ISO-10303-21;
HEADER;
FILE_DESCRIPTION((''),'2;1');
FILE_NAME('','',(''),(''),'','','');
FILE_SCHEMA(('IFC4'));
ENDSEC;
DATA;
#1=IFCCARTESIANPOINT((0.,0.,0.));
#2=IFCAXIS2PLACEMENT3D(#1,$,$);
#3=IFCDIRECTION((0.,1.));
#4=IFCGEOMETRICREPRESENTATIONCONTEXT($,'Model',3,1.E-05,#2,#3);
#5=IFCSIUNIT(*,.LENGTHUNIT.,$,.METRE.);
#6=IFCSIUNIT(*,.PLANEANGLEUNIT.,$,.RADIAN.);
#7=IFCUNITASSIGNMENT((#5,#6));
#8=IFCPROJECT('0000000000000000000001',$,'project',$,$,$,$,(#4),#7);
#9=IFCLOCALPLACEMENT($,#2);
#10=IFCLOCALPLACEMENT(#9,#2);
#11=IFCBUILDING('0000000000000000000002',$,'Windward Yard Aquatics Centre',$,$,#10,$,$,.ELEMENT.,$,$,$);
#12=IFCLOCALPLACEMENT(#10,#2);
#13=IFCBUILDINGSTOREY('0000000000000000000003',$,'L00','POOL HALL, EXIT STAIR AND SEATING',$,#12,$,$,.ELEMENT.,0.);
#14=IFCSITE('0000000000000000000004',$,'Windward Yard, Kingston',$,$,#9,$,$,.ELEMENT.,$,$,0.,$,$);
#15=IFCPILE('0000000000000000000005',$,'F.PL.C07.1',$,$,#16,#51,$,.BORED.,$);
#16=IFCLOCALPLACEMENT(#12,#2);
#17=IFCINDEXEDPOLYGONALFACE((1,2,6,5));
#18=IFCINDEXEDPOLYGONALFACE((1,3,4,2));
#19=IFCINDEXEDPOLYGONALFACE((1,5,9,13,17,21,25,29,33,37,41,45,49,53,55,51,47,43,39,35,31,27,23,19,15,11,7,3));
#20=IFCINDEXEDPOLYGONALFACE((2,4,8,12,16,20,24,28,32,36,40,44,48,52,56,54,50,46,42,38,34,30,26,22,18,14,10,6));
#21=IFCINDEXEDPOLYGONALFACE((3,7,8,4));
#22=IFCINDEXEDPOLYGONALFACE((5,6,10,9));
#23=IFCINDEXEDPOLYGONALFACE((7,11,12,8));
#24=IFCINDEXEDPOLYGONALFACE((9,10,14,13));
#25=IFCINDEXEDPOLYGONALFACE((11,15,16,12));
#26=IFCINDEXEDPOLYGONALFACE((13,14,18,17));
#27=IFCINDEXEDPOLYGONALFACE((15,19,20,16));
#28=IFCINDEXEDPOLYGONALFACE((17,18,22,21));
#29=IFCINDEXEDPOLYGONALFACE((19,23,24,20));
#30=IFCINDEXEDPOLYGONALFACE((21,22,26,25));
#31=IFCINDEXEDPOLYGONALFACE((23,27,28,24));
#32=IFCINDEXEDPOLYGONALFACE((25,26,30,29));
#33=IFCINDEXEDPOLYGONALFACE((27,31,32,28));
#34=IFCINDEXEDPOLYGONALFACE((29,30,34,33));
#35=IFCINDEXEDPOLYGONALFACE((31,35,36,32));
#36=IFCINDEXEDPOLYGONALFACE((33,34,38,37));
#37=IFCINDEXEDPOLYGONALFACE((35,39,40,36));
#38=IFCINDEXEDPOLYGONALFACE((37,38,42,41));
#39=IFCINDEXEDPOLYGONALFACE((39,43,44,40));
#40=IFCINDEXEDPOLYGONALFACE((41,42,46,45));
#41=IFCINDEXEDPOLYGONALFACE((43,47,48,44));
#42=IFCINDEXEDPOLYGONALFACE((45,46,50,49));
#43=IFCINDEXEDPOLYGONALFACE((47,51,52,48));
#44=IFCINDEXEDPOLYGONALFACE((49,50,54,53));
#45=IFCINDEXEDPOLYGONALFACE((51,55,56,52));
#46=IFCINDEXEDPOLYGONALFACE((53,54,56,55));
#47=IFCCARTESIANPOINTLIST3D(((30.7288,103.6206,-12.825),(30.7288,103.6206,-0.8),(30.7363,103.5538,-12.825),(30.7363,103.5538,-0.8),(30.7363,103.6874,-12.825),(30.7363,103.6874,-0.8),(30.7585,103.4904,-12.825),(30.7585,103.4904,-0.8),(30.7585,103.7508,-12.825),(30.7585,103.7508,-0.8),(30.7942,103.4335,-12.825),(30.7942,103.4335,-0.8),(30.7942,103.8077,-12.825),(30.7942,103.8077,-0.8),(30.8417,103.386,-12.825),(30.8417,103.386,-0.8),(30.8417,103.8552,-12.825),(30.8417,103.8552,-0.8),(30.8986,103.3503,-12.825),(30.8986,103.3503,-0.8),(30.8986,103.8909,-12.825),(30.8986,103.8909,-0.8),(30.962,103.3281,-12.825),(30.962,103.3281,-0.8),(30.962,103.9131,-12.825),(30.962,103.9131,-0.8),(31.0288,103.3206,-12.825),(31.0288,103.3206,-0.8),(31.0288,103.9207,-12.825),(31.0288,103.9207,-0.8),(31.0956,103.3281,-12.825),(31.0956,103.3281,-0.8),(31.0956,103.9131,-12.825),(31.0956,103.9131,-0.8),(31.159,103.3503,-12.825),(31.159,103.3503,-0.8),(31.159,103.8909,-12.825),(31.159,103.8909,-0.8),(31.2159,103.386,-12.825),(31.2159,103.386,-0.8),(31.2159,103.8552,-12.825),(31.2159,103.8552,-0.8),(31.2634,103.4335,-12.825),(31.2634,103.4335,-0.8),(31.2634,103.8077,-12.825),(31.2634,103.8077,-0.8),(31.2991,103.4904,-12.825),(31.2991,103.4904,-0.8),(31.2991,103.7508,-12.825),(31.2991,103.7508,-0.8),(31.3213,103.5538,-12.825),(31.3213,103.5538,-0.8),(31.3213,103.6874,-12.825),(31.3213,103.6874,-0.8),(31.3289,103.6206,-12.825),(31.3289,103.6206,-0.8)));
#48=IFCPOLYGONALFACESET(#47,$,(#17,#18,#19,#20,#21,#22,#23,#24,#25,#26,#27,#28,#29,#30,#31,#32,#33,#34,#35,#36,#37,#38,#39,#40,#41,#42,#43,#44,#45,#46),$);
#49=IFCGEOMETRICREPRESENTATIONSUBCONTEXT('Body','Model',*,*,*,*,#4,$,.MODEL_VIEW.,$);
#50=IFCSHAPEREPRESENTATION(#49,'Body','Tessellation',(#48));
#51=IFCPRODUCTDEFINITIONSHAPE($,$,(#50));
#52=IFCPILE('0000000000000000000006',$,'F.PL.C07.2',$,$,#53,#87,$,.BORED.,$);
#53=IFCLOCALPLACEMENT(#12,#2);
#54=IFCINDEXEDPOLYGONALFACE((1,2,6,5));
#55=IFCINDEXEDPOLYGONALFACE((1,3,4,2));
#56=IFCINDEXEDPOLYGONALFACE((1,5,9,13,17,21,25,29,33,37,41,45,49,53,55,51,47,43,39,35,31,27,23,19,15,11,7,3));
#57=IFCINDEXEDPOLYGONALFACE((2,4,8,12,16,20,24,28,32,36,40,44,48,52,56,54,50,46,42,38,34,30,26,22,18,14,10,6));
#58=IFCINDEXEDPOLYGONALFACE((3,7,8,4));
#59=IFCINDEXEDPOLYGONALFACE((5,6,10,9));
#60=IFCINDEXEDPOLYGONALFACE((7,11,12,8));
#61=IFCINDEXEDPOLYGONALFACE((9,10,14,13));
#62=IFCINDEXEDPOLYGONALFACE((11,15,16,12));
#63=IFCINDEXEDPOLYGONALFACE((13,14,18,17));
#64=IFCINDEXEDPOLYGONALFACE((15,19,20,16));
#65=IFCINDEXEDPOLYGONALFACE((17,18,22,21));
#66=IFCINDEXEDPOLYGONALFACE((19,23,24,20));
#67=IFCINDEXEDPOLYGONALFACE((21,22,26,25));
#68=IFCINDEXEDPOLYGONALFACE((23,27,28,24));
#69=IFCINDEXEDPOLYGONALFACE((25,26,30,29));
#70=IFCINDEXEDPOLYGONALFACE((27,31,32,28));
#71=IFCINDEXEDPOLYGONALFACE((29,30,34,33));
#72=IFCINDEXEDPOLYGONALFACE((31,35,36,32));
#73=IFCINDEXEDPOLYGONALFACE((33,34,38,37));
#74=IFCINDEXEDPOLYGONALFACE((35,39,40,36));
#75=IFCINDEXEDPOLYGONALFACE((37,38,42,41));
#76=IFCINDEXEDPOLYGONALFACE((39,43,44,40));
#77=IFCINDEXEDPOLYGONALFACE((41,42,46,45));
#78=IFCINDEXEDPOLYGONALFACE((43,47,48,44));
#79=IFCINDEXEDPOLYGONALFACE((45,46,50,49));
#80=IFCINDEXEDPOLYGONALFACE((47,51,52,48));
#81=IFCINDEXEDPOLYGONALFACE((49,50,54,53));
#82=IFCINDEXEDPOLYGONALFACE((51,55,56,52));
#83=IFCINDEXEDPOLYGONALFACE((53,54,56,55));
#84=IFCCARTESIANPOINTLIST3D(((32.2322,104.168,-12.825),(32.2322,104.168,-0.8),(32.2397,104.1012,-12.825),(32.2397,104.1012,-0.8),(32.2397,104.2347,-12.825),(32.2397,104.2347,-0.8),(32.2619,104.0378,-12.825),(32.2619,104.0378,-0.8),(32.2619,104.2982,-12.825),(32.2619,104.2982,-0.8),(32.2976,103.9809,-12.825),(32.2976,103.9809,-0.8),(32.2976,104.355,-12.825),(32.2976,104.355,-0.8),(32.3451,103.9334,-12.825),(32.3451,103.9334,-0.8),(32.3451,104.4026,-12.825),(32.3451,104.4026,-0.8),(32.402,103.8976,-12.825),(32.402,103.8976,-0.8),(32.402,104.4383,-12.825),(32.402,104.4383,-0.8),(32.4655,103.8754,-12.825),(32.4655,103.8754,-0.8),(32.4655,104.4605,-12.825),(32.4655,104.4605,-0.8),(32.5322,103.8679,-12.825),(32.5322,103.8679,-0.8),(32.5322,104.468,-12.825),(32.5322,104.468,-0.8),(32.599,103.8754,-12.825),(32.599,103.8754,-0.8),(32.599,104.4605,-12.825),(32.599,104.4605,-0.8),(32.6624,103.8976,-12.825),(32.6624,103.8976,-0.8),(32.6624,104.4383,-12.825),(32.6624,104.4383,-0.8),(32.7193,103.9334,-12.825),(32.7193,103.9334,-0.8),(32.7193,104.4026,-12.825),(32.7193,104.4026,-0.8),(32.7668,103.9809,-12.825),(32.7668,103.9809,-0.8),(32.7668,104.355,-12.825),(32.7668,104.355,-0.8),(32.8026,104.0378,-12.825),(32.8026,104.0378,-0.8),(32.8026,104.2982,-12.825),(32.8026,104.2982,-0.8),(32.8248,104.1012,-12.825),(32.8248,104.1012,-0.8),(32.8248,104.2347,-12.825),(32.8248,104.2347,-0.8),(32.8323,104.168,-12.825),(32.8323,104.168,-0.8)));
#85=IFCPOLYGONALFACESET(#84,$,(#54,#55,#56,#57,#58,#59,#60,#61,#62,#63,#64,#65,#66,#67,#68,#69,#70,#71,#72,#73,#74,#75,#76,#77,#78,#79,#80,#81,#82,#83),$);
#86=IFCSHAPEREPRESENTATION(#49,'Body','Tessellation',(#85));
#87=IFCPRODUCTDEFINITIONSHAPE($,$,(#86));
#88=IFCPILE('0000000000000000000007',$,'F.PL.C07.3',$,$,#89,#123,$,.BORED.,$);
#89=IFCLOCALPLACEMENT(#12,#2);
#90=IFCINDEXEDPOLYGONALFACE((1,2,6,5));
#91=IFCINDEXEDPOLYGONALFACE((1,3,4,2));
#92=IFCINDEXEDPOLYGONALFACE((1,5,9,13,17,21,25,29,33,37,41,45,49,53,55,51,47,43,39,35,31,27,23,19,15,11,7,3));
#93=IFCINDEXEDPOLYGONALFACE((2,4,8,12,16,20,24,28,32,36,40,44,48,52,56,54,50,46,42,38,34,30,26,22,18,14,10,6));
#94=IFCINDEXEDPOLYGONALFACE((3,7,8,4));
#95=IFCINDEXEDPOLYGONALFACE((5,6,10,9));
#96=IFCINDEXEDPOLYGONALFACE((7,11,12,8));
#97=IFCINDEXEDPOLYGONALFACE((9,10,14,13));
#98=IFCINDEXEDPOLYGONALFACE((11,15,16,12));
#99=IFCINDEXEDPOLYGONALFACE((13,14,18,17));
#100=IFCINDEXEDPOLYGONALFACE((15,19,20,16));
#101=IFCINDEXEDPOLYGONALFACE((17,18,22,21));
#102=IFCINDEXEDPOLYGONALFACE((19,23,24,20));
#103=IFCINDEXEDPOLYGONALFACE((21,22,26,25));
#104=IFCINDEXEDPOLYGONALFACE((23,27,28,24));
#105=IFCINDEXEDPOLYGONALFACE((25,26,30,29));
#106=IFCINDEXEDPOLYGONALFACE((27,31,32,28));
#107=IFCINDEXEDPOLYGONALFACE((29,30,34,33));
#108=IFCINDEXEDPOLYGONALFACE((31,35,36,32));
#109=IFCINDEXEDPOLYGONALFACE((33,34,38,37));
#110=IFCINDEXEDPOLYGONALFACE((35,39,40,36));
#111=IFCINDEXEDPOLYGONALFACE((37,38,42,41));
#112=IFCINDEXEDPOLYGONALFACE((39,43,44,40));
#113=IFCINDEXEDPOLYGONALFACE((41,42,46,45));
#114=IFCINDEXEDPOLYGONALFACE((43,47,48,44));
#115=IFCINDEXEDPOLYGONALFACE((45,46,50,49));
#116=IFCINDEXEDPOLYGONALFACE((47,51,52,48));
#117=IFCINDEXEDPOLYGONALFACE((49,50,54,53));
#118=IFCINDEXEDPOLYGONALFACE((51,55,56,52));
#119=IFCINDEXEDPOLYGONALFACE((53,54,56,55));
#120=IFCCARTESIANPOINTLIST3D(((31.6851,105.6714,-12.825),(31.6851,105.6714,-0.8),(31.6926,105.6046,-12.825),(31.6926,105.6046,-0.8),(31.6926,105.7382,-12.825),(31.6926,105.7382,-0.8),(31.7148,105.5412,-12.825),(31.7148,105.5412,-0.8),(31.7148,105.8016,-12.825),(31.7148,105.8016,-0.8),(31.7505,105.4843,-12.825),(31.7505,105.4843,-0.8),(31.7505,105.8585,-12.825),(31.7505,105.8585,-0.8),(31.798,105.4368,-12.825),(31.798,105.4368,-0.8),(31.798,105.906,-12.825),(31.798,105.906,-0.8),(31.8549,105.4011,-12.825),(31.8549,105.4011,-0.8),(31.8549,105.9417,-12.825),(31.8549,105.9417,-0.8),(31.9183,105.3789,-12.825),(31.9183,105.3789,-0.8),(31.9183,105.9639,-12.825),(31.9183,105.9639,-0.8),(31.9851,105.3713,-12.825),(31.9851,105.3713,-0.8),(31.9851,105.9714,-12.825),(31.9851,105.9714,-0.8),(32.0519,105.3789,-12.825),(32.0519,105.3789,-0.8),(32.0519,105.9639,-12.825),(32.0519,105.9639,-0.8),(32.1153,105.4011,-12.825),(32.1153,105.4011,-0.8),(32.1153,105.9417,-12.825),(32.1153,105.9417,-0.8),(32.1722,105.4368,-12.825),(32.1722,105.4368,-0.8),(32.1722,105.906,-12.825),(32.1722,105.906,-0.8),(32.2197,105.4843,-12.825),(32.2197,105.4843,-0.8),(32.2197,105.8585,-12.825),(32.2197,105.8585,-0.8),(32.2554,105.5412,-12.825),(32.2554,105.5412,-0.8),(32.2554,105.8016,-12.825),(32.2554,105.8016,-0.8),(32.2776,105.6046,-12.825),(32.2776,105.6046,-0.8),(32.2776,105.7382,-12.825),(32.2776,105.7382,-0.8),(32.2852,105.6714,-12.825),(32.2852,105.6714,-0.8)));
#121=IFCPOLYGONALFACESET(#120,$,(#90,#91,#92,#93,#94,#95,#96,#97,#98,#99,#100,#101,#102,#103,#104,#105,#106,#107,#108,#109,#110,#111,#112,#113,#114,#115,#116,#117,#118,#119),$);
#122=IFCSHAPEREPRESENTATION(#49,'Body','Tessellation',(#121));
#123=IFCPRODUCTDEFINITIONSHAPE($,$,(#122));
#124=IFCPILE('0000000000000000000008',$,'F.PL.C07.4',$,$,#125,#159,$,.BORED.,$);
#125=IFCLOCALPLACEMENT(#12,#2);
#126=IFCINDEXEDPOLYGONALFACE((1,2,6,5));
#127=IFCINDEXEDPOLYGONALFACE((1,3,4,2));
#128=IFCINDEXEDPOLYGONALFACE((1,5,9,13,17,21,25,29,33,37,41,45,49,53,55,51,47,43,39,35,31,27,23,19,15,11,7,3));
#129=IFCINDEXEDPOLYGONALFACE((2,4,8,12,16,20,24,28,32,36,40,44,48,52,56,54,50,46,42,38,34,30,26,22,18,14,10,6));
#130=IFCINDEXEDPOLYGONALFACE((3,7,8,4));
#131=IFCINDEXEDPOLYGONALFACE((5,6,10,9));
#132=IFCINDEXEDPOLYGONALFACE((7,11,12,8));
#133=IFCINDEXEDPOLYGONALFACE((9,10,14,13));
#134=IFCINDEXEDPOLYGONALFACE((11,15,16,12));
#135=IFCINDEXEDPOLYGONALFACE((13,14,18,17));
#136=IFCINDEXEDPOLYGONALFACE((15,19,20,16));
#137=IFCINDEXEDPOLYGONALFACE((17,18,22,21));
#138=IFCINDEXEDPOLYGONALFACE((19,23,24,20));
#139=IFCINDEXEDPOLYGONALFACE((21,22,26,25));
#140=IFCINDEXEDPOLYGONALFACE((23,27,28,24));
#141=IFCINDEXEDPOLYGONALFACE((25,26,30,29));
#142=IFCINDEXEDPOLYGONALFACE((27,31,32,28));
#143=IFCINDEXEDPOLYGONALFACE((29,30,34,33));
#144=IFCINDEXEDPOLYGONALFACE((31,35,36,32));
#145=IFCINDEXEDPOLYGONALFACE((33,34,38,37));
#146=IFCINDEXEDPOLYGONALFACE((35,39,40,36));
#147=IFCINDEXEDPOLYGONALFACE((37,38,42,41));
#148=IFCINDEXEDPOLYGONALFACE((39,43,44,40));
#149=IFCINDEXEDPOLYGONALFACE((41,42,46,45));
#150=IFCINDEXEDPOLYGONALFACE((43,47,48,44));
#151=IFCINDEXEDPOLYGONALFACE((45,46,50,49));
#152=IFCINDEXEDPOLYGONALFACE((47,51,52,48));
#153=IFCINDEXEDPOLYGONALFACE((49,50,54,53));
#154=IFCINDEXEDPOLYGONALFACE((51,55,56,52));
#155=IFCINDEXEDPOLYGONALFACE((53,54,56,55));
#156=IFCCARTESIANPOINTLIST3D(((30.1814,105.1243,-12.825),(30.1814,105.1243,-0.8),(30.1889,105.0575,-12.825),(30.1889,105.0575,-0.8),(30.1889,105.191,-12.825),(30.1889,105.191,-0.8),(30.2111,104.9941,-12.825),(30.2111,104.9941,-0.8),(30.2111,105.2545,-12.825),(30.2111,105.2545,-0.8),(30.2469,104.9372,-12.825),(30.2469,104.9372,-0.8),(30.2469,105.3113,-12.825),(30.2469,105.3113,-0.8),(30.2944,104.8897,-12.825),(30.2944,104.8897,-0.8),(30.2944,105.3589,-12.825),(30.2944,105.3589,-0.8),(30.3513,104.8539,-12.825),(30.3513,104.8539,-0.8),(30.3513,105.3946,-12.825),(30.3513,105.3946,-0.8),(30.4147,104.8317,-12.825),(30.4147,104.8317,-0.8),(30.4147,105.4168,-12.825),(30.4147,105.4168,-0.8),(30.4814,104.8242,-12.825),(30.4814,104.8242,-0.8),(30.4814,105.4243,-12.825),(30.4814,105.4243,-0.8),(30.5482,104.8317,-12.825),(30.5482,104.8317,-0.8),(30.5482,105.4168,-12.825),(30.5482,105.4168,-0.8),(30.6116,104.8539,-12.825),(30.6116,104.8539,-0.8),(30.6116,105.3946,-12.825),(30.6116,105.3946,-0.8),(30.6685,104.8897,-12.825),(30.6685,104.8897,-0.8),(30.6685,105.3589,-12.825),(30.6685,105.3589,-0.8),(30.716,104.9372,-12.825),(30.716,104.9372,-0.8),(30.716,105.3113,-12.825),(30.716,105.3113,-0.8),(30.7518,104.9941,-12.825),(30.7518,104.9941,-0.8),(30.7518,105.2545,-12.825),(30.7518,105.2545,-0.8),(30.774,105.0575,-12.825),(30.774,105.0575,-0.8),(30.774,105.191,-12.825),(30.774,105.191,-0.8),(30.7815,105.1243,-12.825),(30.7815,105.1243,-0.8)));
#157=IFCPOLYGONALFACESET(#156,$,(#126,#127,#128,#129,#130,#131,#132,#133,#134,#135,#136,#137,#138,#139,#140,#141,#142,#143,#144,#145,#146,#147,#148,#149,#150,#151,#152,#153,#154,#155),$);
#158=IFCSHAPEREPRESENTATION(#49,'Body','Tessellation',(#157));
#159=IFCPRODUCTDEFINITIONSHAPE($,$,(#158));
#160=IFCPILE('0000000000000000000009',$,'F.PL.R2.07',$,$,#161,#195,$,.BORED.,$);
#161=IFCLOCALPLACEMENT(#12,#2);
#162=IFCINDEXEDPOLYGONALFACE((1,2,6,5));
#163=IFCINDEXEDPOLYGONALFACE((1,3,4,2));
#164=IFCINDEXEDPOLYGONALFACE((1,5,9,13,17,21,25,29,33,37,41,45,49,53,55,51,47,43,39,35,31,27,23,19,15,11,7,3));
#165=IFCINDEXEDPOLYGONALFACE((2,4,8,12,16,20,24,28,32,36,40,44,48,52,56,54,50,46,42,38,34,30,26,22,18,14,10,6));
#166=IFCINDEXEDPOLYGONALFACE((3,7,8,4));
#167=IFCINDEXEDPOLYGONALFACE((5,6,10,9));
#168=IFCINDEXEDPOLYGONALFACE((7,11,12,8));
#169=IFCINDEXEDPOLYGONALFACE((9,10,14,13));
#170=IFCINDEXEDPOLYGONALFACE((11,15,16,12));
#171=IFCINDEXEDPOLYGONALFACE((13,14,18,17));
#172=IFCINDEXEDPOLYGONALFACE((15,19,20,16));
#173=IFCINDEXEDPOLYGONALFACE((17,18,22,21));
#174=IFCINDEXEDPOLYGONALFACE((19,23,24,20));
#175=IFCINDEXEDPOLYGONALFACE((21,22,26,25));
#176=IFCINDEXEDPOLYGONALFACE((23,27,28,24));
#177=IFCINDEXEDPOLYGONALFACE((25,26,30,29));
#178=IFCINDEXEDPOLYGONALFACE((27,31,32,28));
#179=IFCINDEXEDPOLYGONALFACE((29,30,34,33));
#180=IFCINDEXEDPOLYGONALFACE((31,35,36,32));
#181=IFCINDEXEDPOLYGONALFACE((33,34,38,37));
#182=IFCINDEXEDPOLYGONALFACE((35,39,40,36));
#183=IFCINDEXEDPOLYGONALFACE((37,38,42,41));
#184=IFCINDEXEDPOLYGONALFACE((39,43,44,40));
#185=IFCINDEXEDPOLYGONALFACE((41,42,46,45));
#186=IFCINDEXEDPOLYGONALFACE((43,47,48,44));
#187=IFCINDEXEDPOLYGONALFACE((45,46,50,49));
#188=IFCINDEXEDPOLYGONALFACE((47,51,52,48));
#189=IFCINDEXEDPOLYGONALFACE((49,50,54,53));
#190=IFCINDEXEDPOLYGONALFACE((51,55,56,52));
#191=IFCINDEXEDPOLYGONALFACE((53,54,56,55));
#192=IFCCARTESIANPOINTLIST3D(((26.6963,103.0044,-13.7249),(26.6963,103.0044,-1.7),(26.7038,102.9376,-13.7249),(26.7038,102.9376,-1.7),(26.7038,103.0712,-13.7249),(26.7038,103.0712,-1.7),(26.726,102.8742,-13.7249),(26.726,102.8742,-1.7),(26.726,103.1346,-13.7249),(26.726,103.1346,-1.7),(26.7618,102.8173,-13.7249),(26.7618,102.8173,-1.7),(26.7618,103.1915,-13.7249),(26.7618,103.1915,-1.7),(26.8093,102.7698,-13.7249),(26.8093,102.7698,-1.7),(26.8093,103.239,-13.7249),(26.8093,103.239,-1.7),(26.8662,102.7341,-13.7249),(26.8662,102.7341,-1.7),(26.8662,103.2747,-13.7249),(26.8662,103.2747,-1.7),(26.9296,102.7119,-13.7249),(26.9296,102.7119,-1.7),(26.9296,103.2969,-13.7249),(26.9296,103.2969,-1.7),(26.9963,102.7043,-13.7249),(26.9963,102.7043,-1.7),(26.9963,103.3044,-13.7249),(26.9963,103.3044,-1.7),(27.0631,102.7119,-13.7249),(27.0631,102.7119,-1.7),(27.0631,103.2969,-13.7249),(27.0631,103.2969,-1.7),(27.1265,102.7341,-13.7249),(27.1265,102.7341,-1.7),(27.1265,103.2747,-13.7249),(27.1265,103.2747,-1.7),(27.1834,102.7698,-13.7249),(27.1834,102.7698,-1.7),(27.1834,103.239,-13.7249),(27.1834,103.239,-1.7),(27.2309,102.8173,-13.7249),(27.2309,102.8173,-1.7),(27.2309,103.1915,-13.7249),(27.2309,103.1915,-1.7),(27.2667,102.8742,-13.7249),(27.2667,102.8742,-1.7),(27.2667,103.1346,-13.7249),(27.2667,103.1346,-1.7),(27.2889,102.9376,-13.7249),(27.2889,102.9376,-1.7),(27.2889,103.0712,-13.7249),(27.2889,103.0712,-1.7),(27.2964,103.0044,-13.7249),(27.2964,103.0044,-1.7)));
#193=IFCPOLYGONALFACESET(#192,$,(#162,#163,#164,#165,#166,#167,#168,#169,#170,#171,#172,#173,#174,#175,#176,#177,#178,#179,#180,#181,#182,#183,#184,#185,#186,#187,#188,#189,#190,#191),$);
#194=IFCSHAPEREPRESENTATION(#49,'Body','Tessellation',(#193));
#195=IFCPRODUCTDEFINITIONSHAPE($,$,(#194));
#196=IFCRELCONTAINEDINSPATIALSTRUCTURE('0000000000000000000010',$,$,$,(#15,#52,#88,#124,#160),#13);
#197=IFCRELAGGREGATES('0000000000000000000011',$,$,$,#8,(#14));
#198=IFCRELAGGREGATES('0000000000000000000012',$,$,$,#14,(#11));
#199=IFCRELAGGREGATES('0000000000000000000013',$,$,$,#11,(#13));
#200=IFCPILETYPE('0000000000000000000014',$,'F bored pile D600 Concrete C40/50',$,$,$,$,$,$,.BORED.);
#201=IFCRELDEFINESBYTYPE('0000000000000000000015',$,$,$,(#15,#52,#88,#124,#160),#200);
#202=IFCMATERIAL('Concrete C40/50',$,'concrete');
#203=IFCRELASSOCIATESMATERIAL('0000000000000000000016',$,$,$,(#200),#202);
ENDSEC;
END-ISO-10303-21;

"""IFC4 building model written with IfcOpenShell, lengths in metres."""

from ifc_helpers import new_model, si_unit, direction, frame, origin, origin_2d, place, context, subcontext, project, spatial, circle, extrude, material, material_profile, profile_set, type_object, element, save


model = new_model("IFC4")

# Units and contexts
model_context = context("Model", 3, precision=1e-05, world=origin(), true_north=direction((0.0, 1.0)))
body_context = subcontext(model_context, "Body", "Model", "MODEL_VIEW")
ifc_project = project(units=[si_unit("LENGTHUNIT", "METRE"), si_unit("PLANEANGLEUNIT", "RADIAN")], contexts=[model_context])

# Site, building, storey
site_placement = place(None, origin())
site = spatial("IfcSite", under=ifc_project, at=site_placement, Name="Windward Yard, Kingston", CompositionType="ELEMENT", RefElevation=0.0)
building_placement = place(site_placement, origin())
building = spatial("IfcBuilding", under=site, at=building_placement, Name="Windward Yard Aquatics Centre", CompositionType="ELEMENT")
storey_placement = place(building_placement, origin())
storey = spatial("IfcBuildingStorey", under=building, at=storey_placement, Name="L00", Description="POOL HALL, EXIT STAIR AND SEATING", CompositionType="ELEMENT", Elevation=0.0)

# Piles
ifc_material_1 = material(Name="Concrete C40/50", Category="concrete")
ifc_material_profile_1 = material_profile(ifc_material_1, circle(Radius=0.3, at=origin_2d()), Name="D600")
ifc_profile_set_1 = profile_set([ifc_material_profile_1], Name="Concrete C40/50")
pile_type = type_object("IfcPileType", Name="F bored pile D600 Concrete C40/50", PredefinedType="BORED", material=ifc_profile_set_1)
for number, where, z_axis, x_axis, name in (
    (1, (31.0288, 103.6206, -0.8), (0.0, 0.0, -1.0), (1.0, 0.0, 0.0), "F.PL.C07.1"),
    (2, (32.5322, 104.168, -0.8), (0.0, 0.0, -1.0), (1.0, 0.0, 0.0), "F.PL.C07.2"),
    (3, (31.9851, 105.6714, -0.8), (0.0, 0.0, -1.0), (1.0, 0.0, 0.0), "F.PL.C07.3"),
    (4, (30.4814, 105.1243, -0.8), (0.0, 0.0, -1.0), (1.0, 0.0, 0.0), "F.PL.C07.4"),
    (5, (26.9963, 103.0044, -1.7), (0.0, 0.0, -1.0), (1.0, 0.0, 0.0), "F.PL.R2.07"),
):
    element("IfcPile", number, at=place(storey_placement, frame(where, z_axis=z_axis, x_axis=x_axis)), inside=storey, type_object=pile_type, Name=name, PredefinedType="BORED", context=body_context, shape_type="SweptSolid", body=[
        extrude(circle(Radius=0.3, at=origin_2d()), origin(), (0.0, 0.0, 1.0), 12.0249),
    ])

save(model, "model.ifc")
